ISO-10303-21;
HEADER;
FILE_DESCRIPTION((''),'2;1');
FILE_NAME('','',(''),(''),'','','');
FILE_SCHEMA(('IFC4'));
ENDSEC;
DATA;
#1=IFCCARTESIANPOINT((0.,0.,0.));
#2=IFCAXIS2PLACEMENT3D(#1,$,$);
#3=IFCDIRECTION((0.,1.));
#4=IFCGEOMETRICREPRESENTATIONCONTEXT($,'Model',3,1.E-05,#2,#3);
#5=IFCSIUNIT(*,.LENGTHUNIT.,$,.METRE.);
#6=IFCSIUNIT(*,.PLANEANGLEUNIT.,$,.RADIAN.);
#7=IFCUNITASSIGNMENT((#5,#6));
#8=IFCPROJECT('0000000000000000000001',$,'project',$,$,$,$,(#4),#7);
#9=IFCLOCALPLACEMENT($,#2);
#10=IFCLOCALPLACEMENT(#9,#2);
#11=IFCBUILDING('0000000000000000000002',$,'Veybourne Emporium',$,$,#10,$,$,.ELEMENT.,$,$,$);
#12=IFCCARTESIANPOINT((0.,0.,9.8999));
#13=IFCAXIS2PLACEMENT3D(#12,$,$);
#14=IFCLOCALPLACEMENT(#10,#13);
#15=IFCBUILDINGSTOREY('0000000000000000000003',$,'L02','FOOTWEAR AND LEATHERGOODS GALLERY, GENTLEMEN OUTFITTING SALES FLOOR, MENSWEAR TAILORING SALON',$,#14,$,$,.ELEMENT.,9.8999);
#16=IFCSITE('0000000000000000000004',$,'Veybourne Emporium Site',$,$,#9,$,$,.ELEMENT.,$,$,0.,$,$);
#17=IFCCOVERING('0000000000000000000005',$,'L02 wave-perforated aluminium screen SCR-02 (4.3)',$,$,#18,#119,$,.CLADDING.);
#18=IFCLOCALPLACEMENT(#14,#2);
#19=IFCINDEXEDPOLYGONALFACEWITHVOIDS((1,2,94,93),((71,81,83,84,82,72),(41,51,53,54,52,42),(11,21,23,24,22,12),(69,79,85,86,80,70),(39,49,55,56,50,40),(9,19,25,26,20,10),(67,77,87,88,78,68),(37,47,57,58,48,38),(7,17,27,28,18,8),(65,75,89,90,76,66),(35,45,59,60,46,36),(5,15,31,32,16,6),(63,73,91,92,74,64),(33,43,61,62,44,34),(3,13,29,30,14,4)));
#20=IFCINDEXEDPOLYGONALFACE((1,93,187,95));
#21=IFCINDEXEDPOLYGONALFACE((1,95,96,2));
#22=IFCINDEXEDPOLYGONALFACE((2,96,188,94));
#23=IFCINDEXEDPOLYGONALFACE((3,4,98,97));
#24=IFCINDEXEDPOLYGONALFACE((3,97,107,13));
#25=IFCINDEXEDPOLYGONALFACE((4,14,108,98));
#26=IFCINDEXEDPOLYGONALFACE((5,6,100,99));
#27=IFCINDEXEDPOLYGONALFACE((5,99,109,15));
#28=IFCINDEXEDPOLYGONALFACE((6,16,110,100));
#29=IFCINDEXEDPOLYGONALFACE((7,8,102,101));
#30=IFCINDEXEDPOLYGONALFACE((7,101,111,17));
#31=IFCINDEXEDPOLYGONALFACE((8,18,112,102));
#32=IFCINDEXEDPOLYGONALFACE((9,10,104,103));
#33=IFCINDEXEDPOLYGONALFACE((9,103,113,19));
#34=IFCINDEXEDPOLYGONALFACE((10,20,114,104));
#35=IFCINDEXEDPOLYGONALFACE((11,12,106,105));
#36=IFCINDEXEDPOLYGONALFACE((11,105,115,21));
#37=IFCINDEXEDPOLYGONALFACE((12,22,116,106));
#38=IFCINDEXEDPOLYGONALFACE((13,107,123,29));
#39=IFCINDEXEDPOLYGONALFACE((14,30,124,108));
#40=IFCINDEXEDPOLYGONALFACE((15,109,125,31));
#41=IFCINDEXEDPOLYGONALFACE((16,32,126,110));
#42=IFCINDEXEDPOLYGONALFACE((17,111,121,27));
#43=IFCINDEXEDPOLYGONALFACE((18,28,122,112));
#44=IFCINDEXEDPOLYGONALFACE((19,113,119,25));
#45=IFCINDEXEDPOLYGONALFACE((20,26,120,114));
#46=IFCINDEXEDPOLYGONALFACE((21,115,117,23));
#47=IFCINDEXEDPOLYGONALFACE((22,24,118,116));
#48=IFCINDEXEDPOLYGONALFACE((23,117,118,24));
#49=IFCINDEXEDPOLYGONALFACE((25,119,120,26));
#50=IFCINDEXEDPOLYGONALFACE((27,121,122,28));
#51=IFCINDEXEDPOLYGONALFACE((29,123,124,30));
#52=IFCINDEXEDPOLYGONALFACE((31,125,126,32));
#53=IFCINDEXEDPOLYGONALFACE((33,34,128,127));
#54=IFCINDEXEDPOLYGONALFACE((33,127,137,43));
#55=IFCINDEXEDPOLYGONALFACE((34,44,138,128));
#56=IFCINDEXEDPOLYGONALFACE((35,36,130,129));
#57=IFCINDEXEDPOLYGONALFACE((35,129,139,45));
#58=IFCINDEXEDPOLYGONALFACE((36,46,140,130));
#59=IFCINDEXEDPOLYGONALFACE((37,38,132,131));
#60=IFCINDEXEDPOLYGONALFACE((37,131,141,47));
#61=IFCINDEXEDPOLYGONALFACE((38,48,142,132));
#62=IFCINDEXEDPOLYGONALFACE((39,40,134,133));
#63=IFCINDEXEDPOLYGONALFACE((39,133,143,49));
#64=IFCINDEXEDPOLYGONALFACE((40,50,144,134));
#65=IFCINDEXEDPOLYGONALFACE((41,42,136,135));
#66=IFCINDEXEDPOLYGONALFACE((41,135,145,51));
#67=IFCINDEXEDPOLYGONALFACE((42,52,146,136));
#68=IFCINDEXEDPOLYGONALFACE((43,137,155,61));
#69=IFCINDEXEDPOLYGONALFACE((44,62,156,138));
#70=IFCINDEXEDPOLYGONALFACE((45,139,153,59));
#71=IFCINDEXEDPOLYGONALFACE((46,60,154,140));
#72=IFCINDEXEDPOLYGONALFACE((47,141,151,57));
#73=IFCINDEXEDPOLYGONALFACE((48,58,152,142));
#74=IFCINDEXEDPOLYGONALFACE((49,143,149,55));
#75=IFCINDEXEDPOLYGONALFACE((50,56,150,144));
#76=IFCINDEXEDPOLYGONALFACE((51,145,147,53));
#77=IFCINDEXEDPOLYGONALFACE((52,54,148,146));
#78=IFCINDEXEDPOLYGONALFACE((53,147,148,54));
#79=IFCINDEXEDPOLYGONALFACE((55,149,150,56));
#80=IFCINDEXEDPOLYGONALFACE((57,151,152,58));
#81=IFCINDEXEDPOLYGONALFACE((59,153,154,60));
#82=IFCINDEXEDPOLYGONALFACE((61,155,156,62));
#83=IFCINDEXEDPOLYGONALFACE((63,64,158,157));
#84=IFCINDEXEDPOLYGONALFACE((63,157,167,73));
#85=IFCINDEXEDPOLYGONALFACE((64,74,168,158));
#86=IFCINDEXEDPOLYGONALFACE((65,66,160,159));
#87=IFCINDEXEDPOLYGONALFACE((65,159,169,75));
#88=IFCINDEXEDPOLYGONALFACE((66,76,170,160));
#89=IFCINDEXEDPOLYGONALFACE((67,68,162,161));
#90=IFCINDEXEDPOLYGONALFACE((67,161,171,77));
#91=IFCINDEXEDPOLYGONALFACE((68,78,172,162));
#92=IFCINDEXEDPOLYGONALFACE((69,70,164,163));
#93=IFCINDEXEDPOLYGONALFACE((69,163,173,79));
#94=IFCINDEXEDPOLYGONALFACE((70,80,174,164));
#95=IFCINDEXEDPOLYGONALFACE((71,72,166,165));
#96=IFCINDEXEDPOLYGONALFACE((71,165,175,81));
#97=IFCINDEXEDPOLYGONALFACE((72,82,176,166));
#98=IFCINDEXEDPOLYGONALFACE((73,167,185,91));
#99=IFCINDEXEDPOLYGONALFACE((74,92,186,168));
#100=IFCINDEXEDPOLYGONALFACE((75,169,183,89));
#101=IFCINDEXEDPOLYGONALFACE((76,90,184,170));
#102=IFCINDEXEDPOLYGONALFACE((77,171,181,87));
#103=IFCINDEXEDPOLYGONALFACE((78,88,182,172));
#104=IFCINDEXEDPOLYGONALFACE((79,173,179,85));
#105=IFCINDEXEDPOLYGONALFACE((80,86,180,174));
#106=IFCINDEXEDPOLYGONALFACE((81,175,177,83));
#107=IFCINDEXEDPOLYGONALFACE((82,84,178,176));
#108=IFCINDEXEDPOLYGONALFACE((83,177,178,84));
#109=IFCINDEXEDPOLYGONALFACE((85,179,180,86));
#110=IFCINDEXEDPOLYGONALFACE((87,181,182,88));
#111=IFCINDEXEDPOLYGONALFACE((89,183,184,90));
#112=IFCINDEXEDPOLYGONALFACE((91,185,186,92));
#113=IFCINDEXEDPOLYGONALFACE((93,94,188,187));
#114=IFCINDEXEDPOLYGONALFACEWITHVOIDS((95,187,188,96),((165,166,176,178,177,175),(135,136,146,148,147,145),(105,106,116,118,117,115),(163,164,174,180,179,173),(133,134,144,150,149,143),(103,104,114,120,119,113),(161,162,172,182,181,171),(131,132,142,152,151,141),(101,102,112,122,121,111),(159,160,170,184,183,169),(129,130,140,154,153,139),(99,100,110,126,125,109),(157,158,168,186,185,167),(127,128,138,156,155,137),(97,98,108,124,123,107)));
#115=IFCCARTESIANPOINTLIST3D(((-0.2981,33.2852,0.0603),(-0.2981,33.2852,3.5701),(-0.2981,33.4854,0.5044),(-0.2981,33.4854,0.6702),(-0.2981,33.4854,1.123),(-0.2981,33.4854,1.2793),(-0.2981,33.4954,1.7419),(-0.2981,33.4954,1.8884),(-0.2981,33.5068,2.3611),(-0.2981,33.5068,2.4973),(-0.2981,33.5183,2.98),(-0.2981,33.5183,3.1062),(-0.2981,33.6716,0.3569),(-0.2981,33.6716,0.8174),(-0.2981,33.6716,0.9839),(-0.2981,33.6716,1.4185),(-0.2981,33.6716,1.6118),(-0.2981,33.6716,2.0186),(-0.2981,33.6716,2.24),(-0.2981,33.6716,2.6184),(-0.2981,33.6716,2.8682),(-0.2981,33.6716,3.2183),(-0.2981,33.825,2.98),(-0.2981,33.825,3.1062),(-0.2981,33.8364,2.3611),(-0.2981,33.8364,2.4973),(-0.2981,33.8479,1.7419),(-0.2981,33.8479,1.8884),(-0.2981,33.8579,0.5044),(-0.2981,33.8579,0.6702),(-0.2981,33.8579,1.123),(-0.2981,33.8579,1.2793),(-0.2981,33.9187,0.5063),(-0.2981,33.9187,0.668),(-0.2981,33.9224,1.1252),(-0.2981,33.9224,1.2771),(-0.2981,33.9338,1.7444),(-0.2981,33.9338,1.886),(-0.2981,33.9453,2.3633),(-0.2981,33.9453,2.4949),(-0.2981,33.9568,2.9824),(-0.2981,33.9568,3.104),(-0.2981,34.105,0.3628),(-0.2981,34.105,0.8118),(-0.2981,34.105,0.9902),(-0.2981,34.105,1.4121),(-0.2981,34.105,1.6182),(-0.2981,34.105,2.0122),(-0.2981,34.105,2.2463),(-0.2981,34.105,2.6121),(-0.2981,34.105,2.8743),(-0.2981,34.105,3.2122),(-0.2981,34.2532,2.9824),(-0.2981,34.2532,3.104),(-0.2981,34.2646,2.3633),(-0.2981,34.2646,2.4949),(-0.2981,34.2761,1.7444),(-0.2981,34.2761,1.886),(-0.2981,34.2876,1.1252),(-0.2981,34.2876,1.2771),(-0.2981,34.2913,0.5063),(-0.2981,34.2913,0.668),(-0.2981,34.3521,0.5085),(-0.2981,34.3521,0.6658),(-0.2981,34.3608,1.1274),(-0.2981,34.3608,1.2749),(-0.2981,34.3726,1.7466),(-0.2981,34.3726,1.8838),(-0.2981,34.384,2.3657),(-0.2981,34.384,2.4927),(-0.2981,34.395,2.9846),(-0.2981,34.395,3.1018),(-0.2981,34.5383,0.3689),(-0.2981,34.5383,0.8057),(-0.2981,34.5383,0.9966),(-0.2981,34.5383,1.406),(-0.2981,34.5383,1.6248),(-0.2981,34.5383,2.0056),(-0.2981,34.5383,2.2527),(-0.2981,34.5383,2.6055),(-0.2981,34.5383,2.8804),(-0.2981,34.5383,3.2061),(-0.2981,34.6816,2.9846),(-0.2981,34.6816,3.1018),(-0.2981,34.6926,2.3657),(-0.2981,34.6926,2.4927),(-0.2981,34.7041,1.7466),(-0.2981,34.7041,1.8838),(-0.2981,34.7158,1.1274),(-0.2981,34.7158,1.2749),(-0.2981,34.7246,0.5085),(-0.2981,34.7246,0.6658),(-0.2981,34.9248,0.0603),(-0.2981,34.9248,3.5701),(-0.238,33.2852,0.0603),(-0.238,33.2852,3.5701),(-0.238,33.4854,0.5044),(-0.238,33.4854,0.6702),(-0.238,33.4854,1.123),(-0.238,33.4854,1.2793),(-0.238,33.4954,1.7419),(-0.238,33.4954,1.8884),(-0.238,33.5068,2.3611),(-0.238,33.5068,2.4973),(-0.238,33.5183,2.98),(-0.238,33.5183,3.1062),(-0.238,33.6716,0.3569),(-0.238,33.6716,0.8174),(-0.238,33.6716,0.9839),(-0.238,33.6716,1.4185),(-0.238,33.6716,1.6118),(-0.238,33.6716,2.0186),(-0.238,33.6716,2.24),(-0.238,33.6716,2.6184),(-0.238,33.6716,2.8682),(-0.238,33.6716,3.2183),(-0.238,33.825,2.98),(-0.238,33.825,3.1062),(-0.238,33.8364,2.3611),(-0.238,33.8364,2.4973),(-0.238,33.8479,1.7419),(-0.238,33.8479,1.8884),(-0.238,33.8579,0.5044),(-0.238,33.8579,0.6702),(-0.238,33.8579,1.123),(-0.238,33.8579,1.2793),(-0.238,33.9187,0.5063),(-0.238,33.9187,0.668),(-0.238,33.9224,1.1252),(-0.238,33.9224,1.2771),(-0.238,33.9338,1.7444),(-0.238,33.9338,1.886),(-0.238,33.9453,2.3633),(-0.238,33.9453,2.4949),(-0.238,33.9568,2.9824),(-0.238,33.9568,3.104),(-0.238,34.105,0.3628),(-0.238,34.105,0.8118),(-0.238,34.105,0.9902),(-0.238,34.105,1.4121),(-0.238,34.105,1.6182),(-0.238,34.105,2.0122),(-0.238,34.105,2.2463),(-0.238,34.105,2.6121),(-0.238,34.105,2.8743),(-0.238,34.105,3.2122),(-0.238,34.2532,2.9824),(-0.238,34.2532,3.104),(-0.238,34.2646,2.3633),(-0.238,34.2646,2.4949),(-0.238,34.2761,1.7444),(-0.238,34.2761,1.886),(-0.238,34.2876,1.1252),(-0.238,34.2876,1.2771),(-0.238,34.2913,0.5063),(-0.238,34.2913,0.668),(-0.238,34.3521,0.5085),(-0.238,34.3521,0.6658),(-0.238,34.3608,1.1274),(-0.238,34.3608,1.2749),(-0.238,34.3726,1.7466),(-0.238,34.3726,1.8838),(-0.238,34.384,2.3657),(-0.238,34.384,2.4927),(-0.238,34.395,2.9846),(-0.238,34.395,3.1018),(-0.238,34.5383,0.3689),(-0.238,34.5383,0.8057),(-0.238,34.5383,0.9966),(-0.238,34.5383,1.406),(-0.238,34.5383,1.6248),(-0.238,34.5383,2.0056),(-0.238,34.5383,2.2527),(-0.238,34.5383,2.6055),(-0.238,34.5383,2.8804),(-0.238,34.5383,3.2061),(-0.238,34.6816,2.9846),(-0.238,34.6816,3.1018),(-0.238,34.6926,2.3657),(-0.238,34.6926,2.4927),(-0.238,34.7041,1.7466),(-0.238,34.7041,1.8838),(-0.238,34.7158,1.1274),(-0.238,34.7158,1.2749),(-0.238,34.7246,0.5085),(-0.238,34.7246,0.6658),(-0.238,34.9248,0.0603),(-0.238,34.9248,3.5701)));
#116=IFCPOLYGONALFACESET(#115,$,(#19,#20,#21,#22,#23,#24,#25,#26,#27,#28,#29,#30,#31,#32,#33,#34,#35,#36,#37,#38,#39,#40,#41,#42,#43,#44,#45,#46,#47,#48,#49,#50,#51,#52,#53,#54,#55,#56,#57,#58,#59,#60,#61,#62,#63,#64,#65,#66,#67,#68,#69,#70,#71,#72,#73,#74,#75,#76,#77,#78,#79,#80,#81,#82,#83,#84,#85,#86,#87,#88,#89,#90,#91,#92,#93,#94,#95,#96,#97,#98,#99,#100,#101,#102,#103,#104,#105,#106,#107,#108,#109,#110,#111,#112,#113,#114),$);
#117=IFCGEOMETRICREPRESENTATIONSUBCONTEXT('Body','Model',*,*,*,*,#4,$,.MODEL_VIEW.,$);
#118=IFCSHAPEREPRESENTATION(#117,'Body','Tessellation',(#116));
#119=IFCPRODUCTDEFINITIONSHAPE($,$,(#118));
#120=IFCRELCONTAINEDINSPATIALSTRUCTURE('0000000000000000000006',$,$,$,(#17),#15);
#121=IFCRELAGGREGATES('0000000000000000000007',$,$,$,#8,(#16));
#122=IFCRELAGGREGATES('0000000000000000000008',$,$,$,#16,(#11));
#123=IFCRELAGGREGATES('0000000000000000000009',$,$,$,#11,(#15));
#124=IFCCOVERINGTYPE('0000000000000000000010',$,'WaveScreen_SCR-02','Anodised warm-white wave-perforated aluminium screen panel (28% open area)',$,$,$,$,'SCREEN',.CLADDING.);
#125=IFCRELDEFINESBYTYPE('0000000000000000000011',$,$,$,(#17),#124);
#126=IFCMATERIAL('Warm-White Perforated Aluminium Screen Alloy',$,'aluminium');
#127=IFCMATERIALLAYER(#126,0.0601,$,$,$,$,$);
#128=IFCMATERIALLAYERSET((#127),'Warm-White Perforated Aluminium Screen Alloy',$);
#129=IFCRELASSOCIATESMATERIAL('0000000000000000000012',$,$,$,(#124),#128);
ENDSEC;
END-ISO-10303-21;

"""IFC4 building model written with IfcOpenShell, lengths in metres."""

from ifc_helpers import new_model, si_unit, direction, frame, origin, place, context, subcontext, project, spatial, polyline, outline, extrude, material, layer, layer_set, type_object, element, save


model = new_model("IFC4")

# Units and contexts
model_context = context("Model", 3, precision=1e-05, world=origin(), true_north=direction((0.0, 1.0)))
body_context = subcontext(model_context, "Body", "Model", "MODEL_VIEW")
ifc_project = project(units=[si_unit("LENGTHUNIT", "METRE"), si_unit("PLANEANGLEUNIT", "RADIAN")], contexts=[model_context])

# Site, building, storey
site_placement = place(None, origin())
site = spatial("IfcSite", under=ifc_project, at=site_placement, Name="Veybourne Emporium Site", CompositionType="ELEMENT", RefElevation=0.0)
building_placement = place(site_placement, origin())
building = spatial("IfcBuilding", under=site, at=building_placement, Name="Veybourne Emporium", CompositionType="ELEMENT")
storey_placement = place(building_placement, frame((0.0, 0.0, 9.8999)))
storey = spatial("IfcBuildingStorey", under=building, at=storey_placement, Name="L02", Description="FOOTWEAR AND LEATHERGOODS GALLERY, GENTLEMEN OUTFITTING SALES FLOOR, MENSWEAR TAILORING SALON", CompositionType="ELEMENT", Elevation=9.8999)

# Covering
ifc_material_1 = material(Name="Warm-White Perforated Aluminium Screen Alloy", Category="aluminium")
ifc_layer_1 = layer(ifc_material_1, 0.0601)
ifc_layer_set_1 = layer_set([ifc_layer_1], Name="Warm-White Perforated Aluminium Screen Alloy")
covering_type_1 = type_object("IfcCoveringType", Name="WaveScreen_SCR-02", Description="Anodised warm-white wave-perforated aluminium screen panel (28% open area)", ElementType="SCREEN", PredefinedType="CLADDING", material=ifc_layer_set_1)
covering_1_placement = place(storey_placement, frame((-0.2981, 34.105, 1.8152), z_axis=(1.0, 0.0, 0.0), x_axis=(0.0, 1.0, 0.0)))
element("IfcCovering", 1, at=covering_1_placement, inside=storey, type_object=covering_type_1, Name="L02 wave-perforated aluminium screen SCR-02 (4.3)", PredefinedType="CLADDING", context=body_context, shape_type="SweptSolid", body=[
    extrude(outline(polyline([(-0.8198, -1.7549), (0.8198, -1.7549), (0.8198, 1.7549), (-0.8198, 1.7549), (-0.8198, -1.7549)]), holes=[polyline([(-0.4333, -0.9978), (-0.2471, -1.145), (-0.2471, -1.3108), (-0.4333, -1.4583), (-0.6196, -1.3108), (-0.6196, -1.145), (-0.4333, -0.9978)]), polyline([(-0.4333, -0.3967), (-0.2471, -0.5359), (-0.2471, -0.6921), (-0.4333, -0.8313), (-0.6196, -0.6921), (-0.6196, -0.5359), (-0.4333, -0.3967)]), polyline([(-0.4333, 0.2034), (-0.2571, 0.0732), (-0.2571, -0.0732), (-0.4333, -0.2034), (-0.6096, -0.0732), (-0.6096, 0.0732), (-0.4333, 0.2034)]), polyline([(-0.4333, 0.8032), (-0.2686, 0.6821), (-0.2686, 0.5459), (-0.4333, 0.4248), (-0.5981, 0.5459), (-0.5981, 0.6821), (-0.4333, 0.8032)]), polyline([(-0.4333, 1.4031), (-0.28, 1.291), (-0.28, 1.1648), (-0.4333, 1.053), (-0.5867, 1.1648), (-0.5867, 1.291), (-0.4333, 1.4031)]), polyline([(0.0, -1.0034), (0.1863, -1.1472), (0.1863, -1.3088), (0.0, -1.4524), (-0.1863, -1.3088), (-0.1863, -1.1472), (0.0, -1.0034)]), polyline([(0.0, -0.4031), (0.1826, -0.5381), (0.1826, -0.6899), (0.0, -0.825), (-0.1826, -0.6899), (-0.1826, -0.5381), (0.0, -0.4031)]), polyline([(0.0, 0.197), (0.1711, 0.0708), (0.1711, -0.0708), (0.0, -0.197), (-0.1711, -0.0708), (-0.1711, 0.0708), (0.0, 0.197)]), polyline([(0.0, 0.7969), (0.1597, 0.6797), (0.1597, 0.5481), (0.0, 0.4312), (-0.1597, 0.5481), (-0.1597, 0.6797), (0.0, 0.7969)]), polyline([(0.0, 1.397), (0.1482, 1.2888), (0.1482, 1.1672), (0.0, 1.0591), (-0.1482, 1.1672), (-0.1482, 1.2888), (0.0, 1.397)]), polyline([(0.4333, -1.0095), (0.6196, -1.1494), (0.6196, -1.3066), (0.4333, -1.4463), (0.2471, -1.3066), (0.2471, -1.1494), (0.4333, -1.0095)]), polyline([(0.4333, -0.4092), (0.6108, -0.5403), (0.6108, -0.6877), (0.4333, -0.8186), (0.2559, -0.6877), (0.2559, -0.5403), (0.4333, -0.4092)]), polyline([(0.4333, 0.1904), (0.5991, 0.0686), (0.5991, -0.0686), (0.4333, -0.1904), (0.2676, -0.0686), (0.2676, 0.0686), (0.4333, 0.1904)]), polyline([(0.4333, 0.7903), (0.5876, 0.6775), (0.5876, 0.5505), (0.4333, 0.4375), (0.2791, 0.5505), (0.2791, 0.6775), (0.4333, 0.7903)]), polyline([(0.4333, 1.3909), (0.5767, 1.2866), (0.5767, 1.1694), (0.4333, 1.0652), (0.29, 1.1694), (0.29, 1.2866), (0.4333, 1.3909)])]), origin(), (0.0, 0.0, 1.0), 0.0601),
])

save(model, "model.ifc")
